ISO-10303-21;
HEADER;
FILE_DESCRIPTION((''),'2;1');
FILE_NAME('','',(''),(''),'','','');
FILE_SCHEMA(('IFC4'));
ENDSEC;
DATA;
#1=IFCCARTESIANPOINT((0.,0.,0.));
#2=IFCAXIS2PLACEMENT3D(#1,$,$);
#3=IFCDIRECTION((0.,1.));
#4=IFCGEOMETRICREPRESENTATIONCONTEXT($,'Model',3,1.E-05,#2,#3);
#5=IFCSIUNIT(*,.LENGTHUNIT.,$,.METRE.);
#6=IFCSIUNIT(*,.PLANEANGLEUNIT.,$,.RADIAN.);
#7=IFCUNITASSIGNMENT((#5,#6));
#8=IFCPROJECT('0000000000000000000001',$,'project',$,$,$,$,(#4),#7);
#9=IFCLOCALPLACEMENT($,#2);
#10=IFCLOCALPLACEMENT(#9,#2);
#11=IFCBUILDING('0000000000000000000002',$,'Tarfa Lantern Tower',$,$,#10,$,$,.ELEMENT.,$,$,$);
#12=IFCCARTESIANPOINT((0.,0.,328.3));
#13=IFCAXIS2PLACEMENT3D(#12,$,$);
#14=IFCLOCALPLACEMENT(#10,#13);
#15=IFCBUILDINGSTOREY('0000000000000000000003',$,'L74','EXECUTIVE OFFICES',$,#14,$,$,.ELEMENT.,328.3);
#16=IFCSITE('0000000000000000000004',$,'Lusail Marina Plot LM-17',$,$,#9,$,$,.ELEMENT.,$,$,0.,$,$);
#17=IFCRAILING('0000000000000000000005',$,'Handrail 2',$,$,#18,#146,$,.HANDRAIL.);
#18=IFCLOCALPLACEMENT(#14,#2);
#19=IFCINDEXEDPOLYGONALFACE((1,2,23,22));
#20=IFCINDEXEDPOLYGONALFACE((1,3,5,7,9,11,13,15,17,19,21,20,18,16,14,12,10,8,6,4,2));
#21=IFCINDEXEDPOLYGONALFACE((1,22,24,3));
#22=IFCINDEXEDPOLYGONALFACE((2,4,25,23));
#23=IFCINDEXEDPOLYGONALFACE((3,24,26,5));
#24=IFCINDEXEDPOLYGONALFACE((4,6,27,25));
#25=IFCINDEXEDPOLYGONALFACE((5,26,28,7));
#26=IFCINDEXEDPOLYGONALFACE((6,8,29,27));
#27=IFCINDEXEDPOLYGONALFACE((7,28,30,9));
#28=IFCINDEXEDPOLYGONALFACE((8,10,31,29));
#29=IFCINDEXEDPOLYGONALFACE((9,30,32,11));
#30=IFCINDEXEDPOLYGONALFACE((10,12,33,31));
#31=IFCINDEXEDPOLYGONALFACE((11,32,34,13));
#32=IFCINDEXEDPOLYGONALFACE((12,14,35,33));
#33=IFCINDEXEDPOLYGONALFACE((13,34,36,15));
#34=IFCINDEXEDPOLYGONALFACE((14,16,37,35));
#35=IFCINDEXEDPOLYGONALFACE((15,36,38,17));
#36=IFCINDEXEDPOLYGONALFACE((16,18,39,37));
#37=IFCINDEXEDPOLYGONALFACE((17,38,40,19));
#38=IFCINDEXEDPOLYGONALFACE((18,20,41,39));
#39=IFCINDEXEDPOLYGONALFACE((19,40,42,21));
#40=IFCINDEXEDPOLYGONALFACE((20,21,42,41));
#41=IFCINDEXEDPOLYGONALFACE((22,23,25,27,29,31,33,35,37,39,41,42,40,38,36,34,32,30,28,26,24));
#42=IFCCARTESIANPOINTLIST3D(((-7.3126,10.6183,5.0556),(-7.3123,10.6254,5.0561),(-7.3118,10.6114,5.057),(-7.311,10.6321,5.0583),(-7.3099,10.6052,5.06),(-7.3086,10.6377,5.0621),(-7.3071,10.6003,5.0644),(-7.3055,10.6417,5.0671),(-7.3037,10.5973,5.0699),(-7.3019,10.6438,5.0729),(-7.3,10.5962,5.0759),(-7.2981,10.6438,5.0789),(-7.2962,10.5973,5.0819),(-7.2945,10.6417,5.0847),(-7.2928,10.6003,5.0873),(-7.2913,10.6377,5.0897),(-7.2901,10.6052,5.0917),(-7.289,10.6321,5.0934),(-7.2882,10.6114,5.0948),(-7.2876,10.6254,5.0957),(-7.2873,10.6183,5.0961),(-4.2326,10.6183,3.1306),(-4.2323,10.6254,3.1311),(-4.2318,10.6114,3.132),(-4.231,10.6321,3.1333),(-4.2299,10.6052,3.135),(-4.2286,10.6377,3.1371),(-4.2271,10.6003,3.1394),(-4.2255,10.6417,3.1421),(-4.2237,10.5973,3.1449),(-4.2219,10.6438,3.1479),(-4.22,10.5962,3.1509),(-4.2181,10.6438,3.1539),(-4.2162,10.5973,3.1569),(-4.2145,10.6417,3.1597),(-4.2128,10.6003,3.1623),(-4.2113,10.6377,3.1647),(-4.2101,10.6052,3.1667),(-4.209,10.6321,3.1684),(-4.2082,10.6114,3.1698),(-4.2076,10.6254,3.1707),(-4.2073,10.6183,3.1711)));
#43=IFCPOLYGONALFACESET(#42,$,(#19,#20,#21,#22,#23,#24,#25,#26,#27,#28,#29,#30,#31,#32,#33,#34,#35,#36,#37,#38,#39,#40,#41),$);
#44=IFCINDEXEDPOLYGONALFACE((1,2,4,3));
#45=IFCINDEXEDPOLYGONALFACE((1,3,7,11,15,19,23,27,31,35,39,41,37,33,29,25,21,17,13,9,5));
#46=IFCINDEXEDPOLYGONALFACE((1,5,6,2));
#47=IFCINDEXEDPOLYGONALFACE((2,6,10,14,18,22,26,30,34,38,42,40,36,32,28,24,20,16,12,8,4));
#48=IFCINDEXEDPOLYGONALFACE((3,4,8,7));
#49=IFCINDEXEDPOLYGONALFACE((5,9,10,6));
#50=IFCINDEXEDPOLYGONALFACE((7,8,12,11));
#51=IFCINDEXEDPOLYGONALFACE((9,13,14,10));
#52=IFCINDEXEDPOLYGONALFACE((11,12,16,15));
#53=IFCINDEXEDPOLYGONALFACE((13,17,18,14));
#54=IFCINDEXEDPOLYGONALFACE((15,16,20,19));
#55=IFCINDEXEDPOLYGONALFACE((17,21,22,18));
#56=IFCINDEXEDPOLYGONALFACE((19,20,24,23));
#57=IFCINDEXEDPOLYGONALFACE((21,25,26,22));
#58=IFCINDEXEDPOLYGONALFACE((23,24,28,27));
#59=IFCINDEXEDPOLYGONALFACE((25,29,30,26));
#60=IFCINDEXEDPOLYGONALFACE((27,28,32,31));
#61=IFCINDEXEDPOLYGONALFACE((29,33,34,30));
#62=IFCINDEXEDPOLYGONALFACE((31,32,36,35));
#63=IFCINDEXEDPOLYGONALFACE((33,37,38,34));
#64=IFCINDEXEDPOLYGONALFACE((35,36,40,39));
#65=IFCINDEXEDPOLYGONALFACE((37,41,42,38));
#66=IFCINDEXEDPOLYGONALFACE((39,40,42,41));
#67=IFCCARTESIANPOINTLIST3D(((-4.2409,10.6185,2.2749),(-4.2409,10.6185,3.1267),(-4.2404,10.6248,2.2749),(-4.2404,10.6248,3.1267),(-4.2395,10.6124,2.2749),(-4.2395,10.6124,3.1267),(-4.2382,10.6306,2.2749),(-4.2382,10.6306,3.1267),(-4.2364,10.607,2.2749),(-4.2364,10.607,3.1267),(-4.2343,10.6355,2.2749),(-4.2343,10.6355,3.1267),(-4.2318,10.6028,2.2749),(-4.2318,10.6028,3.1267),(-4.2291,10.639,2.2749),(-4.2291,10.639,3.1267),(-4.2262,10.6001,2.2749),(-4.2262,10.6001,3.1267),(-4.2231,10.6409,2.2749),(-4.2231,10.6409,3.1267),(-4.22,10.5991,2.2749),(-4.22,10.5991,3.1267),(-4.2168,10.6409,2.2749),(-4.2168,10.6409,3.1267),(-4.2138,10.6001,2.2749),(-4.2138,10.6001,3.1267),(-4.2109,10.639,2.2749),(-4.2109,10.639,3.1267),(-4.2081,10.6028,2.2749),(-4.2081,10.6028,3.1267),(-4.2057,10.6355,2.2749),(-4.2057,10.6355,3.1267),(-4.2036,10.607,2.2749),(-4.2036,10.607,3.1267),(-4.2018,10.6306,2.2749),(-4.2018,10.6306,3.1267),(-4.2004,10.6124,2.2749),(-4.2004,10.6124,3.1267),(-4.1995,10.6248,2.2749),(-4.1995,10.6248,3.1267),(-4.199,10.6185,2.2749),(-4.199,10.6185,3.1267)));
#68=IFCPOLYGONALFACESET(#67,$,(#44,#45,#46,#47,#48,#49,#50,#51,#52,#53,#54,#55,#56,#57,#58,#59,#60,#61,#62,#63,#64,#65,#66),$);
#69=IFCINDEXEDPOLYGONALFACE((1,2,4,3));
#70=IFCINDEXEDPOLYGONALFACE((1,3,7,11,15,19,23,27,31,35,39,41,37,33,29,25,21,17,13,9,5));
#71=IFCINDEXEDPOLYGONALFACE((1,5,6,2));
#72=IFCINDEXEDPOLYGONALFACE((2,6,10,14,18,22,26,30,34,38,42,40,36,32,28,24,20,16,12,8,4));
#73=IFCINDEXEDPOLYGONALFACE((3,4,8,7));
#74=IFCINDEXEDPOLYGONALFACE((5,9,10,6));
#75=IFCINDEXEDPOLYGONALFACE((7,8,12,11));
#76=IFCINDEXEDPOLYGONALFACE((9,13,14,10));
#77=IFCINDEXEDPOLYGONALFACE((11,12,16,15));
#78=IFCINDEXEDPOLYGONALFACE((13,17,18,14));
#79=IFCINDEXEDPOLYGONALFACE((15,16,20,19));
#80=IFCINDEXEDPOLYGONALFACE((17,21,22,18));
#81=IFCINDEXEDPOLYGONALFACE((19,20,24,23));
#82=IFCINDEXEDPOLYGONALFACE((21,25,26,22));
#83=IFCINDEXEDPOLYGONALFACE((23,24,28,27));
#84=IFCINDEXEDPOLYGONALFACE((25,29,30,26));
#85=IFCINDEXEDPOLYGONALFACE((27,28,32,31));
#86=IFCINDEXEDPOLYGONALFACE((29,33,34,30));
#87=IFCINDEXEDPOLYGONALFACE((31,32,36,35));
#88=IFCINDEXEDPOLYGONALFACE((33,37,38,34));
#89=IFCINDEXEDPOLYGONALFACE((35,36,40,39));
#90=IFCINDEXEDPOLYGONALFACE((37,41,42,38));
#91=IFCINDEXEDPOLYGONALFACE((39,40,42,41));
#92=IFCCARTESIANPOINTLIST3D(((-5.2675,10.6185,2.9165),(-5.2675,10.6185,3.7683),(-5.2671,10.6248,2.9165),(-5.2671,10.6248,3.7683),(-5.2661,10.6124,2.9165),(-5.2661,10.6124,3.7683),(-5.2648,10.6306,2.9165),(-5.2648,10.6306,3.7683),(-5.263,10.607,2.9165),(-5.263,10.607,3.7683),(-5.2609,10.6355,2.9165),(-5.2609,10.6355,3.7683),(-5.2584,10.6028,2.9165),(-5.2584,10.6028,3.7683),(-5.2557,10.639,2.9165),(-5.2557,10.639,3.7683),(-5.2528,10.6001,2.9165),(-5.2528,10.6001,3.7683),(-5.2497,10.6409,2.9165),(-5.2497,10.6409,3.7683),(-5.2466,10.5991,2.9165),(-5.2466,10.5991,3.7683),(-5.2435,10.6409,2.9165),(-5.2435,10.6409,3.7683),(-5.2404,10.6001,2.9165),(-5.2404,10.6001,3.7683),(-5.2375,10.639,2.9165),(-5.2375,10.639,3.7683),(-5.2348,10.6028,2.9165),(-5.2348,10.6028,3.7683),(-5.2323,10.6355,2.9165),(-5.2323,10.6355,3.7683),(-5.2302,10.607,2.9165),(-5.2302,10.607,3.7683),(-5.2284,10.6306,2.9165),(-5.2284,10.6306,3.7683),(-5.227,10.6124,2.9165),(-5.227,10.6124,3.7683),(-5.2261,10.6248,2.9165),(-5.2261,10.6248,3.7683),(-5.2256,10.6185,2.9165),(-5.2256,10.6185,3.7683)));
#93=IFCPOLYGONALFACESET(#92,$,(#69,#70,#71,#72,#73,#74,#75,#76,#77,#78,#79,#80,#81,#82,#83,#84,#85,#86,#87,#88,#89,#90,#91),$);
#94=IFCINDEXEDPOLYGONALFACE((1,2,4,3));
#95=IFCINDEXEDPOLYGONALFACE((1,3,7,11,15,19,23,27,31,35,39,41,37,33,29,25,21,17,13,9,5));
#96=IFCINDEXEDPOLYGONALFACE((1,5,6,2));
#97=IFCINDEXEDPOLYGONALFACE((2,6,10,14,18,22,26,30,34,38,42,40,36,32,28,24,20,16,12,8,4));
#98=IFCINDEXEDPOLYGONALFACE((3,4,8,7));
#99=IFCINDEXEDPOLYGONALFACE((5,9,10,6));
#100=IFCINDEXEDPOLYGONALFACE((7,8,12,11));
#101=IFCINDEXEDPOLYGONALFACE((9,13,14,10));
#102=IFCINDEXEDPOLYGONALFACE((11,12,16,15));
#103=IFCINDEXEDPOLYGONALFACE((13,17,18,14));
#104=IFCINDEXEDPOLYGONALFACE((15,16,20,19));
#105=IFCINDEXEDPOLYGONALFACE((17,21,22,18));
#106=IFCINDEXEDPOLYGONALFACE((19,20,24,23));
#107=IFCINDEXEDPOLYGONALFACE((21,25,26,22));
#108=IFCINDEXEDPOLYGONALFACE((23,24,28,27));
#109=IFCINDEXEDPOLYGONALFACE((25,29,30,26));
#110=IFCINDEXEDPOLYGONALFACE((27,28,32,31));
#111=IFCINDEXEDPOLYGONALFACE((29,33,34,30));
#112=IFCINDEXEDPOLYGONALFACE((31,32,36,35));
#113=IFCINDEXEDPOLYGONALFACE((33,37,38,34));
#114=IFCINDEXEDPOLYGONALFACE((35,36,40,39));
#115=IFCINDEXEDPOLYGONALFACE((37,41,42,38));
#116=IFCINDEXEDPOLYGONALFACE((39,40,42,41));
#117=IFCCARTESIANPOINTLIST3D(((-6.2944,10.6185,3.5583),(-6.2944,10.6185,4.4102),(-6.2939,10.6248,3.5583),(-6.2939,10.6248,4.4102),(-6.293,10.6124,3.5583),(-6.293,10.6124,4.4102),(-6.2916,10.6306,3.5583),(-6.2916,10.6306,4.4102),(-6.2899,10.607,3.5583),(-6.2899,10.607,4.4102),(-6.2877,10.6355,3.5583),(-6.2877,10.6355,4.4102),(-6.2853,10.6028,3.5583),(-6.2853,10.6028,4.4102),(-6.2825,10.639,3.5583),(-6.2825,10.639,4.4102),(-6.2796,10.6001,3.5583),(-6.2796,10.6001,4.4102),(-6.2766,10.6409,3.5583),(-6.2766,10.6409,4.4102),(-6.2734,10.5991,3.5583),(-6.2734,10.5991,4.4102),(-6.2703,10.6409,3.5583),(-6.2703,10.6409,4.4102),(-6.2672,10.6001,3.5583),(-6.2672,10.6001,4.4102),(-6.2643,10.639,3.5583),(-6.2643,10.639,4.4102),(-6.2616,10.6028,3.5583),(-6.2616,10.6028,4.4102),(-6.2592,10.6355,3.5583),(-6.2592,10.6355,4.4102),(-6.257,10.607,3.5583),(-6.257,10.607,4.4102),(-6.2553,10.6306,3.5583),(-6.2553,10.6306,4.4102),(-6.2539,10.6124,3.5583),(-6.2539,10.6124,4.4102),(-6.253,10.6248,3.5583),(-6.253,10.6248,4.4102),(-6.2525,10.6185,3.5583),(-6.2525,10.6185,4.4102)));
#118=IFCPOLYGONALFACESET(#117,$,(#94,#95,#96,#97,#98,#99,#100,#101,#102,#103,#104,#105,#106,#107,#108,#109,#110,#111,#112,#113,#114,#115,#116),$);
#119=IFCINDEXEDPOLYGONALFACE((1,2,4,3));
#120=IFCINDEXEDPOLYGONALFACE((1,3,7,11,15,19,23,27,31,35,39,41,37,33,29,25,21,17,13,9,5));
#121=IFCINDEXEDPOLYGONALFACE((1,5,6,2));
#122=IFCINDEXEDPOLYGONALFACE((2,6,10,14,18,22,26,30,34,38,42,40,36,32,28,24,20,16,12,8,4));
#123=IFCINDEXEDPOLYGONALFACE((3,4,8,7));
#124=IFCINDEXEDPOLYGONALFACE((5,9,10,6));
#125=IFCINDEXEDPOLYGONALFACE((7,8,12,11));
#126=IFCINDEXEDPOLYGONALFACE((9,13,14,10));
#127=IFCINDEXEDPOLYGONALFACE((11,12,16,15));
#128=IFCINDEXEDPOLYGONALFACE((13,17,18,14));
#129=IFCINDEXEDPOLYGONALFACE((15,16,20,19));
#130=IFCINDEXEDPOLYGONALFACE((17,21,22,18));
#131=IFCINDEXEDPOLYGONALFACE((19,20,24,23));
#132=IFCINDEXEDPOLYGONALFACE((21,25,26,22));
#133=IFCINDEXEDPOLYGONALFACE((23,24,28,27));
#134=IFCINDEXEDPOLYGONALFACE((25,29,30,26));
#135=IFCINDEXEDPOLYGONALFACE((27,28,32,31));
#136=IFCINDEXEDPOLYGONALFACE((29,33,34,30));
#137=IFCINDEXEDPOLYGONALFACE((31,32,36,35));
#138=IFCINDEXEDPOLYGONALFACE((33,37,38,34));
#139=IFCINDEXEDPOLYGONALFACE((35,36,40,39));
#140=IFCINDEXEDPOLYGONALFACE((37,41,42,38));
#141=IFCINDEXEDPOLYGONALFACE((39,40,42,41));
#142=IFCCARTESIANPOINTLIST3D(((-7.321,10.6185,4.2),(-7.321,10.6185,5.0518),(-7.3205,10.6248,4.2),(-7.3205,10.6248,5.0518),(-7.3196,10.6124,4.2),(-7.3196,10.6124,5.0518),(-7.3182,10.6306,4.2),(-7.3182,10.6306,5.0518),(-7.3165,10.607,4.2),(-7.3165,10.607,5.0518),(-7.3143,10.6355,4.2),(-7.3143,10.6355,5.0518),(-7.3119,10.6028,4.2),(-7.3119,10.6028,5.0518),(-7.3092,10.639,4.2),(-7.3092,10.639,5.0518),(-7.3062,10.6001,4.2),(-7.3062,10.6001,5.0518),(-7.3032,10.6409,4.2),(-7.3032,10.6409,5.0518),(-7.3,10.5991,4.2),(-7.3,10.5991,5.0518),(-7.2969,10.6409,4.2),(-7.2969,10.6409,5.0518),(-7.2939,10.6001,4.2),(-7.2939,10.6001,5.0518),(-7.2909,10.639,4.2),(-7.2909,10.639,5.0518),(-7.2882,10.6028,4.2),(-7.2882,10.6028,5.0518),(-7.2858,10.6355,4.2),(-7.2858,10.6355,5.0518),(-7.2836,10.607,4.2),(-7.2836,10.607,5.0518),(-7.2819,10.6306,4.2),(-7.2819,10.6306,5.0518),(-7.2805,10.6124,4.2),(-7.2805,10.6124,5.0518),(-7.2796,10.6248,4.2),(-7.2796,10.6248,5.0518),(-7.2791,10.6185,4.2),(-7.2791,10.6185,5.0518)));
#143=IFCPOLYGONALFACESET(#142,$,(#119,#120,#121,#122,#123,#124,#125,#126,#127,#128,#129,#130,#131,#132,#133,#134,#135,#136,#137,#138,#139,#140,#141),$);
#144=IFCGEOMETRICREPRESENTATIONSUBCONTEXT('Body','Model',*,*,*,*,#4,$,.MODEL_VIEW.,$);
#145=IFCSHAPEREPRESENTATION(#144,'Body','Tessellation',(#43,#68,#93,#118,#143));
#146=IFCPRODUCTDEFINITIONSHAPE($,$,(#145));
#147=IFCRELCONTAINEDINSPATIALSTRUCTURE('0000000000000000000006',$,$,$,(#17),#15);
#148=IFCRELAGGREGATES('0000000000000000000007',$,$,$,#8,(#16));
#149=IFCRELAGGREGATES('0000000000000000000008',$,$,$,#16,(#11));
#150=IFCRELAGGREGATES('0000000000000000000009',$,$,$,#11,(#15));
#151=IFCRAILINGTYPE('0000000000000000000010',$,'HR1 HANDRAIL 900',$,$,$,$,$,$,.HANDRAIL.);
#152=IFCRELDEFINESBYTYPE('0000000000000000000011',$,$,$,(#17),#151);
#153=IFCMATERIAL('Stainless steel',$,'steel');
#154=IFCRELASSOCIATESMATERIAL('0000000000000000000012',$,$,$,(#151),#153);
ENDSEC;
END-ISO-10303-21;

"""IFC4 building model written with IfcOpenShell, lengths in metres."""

from ifc_helpers import new_model, si_unit, direction, frame, origin, origin_2d, place, context, subcontext, project, spatial, circle, extrude, material, type_object, element, save


model = new_model("IFC4")

# Units and contexts
model_context = context("Model", 3, precision=1e-05, world=origin(), true_north=direction((0.0, 1.0)))
body_context = subcontext(model_context, "Body", "Model", "MODEL_VIEW")
ifc_project = project(units=[si_unit("LENGTHUNIT", "METRE"), si_unit("PLANEANGLEUNIT", "RADIAN")], contexts=[model_context])

# Site, building, storey
site_placement = place(None, origin())
site = spatial("IfcSite", under=ifc_project, at=site_placement, Name="Lusail Marina Plot LM-17", CompositionType="ELEMENT", RefElevation=0.0)
building_placement = place(site_placement, origin())
building = spatial("IfcBuilding", under=site, at=building_placement, Name="Tarfa Lantern Tower", CompositionType="ELEMENT")
storey_placement = place(building_placement, frame((0.0, 0.0, 328.3)))
storey = spatial("IfcBuildingStorey", under=building, at=storey_placement, Name="L74", Description="EXECUTIVE OFFICES", CompositionType="ELEMENT", Elevation=328.3)

# Railing
ifc_material_1 = material(Name="Stainless steel", Category="steel")
railing_type = type_object("IfcRailingType", Name="HR1 HANDRAIL 900", PredefinedType="HANDRAIL", material=ifc_material_1)
railing_1_placement = place(storey_placement, frame((-4.22, 10.6201, 2.2749)))
element("IfcRailing", 1, at=railing_1_placement, inside=storey, type_object=railing_type, Name="Handrail 2", PredefinedType="HANDRAIL", context=body_context, shape_type="SweptSolid", body=[
    extrude(circle(Radius=0.0239, at=origin_2d()), frame((0.0, 0.0, 0.876), z_axis=(-0.847998, 0.0, 0.529999), x_axis=(0.0, -1.0, 0.0)), (0.0, 0.0, 1.0), 3.6321),
    extrude(circle(Radius=0.021, at=origin_2d()), frame((0.0, 0.0, 0.0), z_axis=(0.0, 0.0, 1.0), x_axis=(0.0, -1.0, 0.0)), (0.0, 0.0, 1.0), 0.8518),
    extrude(circle(Radius=0.021, at=origin_2d()), frame((-1.0266, 0.0, 0.6416), z_axis=(0.0, 0.0, 1.0), x_axis=(0.0, -1.0, 0.0)), (0.0, 0.0, 1.0), 0.8518),
    extrude(circle(Radius=0.021, at=origin_2d()), frame((-2.0535, 0.0, 1.2834), z_axis=(0.0, 0.0, 1.0), x_axis=(0.0, -1.0, 0.0)), (0.0, 0.0, 1.0), 0.8518),
    extrude(circle(Radius=0.021, at=origin_2d()), frame((-3.0801, 0.0, 1.925), z_axis=(0.0, 0.0, 1.0), x_axis=(0.0, -1.0, 0.0)), (0.0, 0.0, 1.0), 0.8518),
])

save(model, "model.ifc")
